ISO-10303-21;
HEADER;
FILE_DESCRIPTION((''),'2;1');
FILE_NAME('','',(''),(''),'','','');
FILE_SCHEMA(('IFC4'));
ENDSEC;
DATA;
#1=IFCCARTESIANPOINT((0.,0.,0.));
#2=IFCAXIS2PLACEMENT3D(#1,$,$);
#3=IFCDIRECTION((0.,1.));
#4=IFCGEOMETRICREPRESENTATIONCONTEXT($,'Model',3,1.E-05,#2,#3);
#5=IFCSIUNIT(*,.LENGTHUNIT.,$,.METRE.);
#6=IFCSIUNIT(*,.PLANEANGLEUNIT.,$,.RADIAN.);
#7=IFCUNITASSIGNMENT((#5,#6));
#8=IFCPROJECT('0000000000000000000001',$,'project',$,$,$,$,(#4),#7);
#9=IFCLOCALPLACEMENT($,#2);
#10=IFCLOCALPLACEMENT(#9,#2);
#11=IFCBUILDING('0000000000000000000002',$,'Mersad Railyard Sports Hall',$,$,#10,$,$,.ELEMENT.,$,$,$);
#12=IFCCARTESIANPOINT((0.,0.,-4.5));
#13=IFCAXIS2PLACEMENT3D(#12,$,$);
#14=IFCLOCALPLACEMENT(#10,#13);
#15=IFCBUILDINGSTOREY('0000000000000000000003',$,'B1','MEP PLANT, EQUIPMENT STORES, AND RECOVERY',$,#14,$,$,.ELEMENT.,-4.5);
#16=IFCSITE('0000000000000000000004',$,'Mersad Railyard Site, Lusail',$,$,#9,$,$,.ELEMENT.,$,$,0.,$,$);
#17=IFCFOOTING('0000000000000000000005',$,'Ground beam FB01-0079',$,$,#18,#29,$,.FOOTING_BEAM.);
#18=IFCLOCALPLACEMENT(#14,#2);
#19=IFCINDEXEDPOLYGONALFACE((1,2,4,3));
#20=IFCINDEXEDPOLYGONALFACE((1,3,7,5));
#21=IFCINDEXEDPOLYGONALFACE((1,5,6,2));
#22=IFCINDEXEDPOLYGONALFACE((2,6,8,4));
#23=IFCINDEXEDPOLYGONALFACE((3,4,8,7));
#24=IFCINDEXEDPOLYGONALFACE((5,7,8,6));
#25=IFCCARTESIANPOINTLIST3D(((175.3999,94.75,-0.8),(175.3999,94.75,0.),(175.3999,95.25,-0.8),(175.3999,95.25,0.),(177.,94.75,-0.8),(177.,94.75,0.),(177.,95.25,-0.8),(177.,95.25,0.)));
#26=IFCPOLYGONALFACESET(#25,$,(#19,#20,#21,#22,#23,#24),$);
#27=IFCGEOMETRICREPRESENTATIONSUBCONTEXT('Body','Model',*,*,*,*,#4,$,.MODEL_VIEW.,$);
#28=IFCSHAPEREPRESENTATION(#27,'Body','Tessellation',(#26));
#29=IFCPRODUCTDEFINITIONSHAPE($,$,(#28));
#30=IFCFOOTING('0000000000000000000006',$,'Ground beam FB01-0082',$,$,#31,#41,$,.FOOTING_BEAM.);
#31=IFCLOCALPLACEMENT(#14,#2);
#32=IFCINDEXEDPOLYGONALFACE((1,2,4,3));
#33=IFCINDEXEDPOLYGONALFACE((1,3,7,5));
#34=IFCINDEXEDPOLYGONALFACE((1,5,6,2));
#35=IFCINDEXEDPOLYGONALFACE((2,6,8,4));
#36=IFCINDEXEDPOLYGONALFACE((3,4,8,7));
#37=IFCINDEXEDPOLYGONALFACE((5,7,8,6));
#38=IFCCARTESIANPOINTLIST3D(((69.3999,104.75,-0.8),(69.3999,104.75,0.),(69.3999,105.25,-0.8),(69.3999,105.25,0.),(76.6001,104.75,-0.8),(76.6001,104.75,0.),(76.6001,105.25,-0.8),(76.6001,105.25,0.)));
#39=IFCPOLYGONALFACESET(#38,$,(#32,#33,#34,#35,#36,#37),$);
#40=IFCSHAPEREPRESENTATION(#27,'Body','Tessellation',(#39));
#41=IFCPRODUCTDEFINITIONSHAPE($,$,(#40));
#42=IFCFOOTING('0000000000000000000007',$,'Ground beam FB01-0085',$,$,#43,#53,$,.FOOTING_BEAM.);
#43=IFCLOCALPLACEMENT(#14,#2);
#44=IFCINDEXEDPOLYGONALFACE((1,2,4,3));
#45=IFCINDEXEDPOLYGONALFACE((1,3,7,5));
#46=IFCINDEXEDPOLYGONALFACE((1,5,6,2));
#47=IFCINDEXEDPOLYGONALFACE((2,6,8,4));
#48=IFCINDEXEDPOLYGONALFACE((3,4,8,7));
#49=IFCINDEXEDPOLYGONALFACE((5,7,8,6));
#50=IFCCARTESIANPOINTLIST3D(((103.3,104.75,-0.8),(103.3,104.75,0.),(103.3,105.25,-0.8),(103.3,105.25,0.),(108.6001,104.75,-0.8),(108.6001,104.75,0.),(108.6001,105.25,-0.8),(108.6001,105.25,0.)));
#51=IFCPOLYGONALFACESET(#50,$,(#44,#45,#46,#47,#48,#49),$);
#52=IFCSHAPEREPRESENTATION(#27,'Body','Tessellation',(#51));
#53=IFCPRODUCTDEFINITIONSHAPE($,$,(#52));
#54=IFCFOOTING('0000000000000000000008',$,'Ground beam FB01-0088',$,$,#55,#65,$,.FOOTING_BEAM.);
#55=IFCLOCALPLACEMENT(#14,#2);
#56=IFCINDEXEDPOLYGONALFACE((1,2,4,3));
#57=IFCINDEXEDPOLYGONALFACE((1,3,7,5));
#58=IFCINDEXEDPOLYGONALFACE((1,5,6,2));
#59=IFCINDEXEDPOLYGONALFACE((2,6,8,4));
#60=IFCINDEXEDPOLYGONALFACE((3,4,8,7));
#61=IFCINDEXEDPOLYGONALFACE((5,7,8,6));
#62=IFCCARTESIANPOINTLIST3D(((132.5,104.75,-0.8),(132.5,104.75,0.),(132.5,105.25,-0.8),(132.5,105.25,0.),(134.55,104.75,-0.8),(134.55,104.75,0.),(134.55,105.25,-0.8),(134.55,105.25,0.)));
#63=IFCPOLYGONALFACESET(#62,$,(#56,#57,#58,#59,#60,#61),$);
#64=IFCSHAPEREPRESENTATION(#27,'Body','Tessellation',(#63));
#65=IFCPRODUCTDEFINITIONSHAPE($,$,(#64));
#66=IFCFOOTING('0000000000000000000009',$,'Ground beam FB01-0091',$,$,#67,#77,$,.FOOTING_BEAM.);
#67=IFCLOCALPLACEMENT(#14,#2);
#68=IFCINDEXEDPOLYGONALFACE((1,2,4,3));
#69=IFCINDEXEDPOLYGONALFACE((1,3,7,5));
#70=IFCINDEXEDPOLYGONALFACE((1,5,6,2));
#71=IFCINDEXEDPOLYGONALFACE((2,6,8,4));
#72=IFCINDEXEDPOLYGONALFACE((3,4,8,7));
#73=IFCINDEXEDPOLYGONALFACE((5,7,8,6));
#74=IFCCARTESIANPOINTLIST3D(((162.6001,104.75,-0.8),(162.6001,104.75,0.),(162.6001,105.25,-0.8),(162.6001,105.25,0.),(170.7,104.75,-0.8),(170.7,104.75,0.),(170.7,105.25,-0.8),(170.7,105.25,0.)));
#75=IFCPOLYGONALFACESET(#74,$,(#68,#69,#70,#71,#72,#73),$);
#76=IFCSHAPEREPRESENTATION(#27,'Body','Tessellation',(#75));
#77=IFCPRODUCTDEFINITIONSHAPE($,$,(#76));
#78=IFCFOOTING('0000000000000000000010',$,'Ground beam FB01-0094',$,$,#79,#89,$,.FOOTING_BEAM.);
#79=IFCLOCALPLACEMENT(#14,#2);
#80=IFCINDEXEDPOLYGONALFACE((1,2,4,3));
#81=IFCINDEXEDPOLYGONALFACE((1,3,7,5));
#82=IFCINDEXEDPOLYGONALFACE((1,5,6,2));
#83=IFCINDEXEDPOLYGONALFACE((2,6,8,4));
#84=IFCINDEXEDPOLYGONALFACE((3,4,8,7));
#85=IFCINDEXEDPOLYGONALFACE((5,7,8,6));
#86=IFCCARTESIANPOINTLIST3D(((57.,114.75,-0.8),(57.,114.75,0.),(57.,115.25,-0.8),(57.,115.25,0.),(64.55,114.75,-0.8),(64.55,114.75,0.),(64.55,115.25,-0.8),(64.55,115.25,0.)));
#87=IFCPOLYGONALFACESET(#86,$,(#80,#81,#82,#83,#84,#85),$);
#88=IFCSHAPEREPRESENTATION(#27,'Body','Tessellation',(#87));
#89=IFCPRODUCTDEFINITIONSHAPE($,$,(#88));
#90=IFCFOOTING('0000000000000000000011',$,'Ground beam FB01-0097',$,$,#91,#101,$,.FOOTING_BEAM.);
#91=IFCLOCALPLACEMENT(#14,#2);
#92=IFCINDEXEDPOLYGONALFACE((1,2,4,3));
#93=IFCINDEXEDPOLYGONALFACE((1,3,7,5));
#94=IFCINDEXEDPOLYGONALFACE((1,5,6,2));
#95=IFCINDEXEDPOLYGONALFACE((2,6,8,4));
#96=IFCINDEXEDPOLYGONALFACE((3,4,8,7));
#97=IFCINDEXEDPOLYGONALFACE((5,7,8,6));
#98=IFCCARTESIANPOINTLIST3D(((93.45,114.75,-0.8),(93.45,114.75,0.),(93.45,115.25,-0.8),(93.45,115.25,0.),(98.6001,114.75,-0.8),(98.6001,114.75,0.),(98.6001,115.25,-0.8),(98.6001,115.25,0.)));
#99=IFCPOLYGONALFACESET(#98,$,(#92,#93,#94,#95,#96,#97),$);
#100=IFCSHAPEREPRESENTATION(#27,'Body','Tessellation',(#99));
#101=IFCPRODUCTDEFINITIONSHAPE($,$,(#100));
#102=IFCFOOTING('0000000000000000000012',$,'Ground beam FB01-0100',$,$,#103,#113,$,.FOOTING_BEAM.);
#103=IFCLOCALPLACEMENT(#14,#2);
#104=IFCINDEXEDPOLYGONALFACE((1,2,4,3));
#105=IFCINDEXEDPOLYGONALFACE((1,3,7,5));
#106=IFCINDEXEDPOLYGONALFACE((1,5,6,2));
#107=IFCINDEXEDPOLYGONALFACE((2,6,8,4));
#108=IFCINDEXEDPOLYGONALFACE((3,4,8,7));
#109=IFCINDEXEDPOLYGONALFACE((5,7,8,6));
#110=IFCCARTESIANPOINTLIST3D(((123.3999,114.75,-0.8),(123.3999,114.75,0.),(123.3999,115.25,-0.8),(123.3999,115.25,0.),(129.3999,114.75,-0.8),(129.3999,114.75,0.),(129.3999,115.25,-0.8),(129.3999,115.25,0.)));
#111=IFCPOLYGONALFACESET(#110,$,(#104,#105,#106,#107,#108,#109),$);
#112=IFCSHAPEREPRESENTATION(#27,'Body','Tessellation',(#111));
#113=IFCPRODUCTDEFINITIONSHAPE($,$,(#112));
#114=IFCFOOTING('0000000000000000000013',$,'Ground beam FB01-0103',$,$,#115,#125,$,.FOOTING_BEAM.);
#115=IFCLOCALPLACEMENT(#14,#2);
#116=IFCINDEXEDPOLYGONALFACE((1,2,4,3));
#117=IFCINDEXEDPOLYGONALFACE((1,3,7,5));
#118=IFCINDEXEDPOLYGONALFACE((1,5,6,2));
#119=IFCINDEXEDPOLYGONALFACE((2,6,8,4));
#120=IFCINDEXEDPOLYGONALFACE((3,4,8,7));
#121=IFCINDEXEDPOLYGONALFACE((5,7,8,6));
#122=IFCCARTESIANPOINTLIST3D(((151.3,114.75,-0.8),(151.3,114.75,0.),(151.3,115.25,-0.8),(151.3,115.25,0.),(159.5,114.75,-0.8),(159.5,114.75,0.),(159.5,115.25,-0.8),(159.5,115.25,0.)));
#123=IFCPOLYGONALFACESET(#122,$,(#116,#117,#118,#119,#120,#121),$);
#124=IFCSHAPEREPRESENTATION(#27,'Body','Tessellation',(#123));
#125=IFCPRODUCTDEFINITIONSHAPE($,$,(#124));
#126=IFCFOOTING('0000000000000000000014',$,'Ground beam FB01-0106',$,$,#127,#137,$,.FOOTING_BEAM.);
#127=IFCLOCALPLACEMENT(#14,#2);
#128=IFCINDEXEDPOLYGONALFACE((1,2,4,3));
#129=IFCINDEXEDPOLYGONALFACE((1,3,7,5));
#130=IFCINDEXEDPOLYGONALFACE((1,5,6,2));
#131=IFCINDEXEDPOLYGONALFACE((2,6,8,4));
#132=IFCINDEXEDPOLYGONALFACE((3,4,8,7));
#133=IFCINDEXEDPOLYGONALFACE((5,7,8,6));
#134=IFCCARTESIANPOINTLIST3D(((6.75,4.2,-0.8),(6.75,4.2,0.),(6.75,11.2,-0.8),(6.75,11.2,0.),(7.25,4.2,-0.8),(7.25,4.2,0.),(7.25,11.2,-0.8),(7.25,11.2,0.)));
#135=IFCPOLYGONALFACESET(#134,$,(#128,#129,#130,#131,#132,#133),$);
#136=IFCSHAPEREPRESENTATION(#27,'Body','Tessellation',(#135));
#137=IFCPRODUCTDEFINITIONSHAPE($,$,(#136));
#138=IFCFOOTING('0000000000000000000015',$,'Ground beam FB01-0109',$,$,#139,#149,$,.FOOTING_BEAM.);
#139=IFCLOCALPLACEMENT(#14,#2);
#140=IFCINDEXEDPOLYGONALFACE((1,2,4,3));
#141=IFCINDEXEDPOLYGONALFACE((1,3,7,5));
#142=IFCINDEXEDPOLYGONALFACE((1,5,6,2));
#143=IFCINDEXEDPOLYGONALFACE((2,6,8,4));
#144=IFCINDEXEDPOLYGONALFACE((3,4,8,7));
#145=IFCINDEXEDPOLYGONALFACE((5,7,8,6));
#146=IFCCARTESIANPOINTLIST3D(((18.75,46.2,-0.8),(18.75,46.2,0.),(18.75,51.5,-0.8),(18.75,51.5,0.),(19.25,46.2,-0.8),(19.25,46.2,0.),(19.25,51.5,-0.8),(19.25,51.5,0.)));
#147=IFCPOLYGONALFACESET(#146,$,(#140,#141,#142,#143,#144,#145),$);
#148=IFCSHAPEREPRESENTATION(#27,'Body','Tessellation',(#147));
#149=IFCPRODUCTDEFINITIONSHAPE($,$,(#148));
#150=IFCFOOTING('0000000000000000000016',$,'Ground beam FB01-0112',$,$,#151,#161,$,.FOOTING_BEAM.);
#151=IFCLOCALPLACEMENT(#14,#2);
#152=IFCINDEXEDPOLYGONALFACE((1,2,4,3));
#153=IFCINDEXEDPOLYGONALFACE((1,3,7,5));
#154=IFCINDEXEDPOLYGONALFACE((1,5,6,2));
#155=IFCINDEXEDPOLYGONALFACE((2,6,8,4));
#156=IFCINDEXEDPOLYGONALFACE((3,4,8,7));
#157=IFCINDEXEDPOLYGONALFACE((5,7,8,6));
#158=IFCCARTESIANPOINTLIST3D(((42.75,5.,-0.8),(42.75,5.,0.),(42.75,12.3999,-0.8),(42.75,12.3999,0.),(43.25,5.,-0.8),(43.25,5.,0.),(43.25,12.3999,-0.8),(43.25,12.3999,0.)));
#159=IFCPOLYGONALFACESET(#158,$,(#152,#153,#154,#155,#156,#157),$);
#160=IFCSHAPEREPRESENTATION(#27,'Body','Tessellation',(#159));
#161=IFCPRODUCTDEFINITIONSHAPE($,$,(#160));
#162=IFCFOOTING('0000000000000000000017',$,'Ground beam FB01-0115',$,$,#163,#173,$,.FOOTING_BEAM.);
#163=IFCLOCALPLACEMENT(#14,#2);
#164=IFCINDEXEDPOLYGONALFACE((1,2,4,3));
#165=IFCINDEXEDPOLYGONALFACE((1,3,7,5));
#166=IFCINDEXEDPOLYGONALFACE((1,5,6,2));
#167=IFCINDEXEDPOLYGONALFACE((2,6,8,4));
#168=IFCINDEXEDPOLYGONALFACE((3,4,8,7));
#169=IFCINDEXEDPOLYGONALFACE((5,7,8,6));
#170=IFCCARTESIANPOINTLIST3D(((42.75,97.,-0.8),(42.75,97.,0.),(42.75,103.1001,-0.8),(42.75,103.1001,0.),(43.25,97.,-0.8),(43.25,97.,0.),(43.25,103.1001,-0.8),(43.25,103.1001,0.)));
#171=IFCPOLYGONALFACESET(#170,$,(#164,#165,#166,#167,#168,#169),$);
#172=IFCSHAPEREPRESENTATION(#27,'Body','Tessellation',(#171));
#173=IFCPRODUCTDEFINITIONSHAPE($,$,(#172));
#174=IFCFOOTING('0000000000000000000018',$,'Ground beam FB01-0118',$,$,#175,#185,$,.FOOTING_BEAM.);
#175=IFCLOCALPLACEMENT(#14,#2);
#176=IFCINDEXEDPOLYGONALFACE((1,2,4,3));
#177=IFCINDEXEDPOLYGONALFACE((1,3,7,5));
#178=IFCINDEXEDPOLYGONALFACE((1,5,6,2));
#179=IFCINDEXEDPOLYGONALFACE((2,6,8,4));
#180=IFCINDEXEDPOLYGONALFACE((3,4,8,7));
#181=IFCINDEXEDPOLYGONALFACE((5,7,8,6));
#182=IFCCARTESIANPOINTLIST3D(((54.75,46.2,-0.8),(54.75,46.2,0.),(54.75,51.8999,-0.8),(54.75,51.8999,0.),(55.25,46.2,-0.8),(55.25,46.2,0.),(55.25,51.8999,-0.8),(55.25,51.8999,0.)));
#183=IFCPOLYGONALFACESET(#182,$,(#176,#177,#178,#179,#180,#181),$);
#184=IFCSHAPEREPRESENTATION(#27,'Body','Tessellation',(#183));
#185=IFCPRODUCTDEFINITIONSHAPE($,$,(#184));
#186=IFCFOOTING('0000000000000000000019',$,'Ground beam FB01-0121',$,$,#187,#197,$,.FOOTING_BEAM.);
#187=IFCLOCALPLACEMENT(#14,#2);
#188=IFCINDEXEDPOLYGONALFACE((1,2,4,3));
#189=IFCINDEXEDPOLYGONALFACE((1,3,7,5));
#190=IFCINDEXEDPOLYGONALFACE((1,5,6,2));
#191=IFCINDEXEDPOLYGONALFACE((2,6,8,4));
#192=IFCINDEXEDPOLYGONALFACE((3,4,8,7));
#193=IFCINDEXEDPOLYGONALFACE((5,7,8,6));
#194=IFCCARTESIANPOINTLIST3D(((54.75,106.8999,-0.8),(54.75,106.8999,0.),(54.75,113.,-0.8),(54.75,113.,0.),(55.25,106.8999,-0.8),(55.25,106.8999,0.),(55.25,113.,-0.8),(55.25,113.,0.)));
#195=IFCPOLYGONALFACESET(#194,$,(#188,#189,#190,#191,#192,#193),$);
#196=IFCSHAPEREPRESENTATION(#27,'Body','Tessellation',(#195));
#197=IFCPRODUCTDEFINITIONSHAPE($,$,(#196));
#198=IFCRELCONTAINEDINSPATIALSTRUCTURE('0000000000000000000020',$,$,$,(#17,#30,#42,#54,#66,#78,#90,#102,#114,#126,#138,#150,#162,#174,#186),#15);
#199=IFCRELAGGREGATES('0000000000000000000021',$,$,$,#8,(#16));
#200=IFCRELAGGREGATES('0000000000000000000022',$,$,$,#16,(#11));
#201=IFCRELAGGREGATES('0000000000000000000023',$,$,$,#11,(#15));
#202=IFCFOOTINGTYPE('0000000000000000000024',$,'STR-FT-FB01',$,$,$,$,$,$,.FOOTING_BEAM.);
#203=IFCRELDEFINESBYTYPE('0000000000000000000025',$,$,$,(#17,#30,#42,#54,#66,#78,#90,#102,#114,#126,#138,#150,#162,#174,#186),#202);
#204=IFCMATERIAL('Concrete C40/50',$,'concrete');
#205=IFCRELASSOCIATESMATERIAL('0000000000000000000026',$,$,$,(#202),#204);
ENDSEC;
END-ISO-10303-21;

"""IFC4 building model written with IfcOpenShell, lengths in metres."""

from ifc_helpers import new_model, si_unit, direction, frame, origin, place, context, subcontext, project, spatial, polyline, outline, extrude, material, type_object, element, save


model = new_model("IFC4")

# Units and contexts
model_context = context("Model", 3, precision=1e-05, world=origin(), true_north=direction((0.0, 1.0)))
body_context = subcontext(model_context, "Body", "Model", "MODEL_VIEW")
ifc_project = project(units=[si_unit("LENGTHUNIT", "METRE"), si_unit("PLANEANGLEUNIT", "RADIAN")], contexts=[model_context])

# Site, building, storey
site_placement = place(None, origin())
site = spatial("IfcSite", under=ifc_project, at=site_placement, Name="Mersad Railyard Site, Lusail", CompositionType="ELEMENT", RefElevation=0.0)
building_placement = place(site_placement, origin())
building = spatial("IfcBuilding", under=site, at=building_placement, Name="Mersad Railyard Sports Hall", CompositionType="ELEMENT")
storey_placement = place(building_placement, frame((0.0, 0.0, -4.5)))
storey = spatial("IfcBuildingStorey", under=building, at=storey_placement, Name="B1", Description="MEP PLANT, EQUIPMENT STORES, AND RECOVERY", CompositionType="ELEMENT", Elevation=-4.5)

# Footings
ifc_material = material(Name="Concrete C40/50", Category="concrete")
footing_type = type_object("IfcFootingType", Name="STR-FT-FB01", PredefinedType="FOOTING_BEAM", material=ifc_material)
footing_1_placement = place(storey_placement, frame((0.0, 0.0, -0.8)))
element("IfcFooting", 1, at=footing_1_placement, inside=storey, type_object=footing_type, Name="Ground beam FB01-0079", PredefinedType="FOOTING_BEAM", context=body_context, shape_type="SweptSolid", body=[
    extrude(outline(polyline([(175.3999, 94.75), (177.0, 94.75), (177.0, 95.25), (175.3999, 95.25), (175.3999, 94.75)])), origin(), (0.0, 0.0, 1.0), 0.8),
])
footing_2_placement = place(storey_placement, frame((0.0, 0.0, -0.8)))
element("IfcFooting", 2, at=footing_2_placement, inside=storey, type_object=footing_type, Name="Ground beam FB01-0082", PredefinedType="FOOTING_BEAM", context=body_context, shape_type="SweptSolid", body=[
    extrude(outline(polyline([(69.3999, 104.75), (76.6001, 104.75), (76.6001, 105.25), (69.3999, 105.25), (69.3999, 104.75)])), origin(), (0.0, 0.0, 1.0), 0.8),
])
footing_3_placement = place(storey_placement, frame((0.0, 0.0, -0.8)))
element("IfcFooting", 3, at=footing_3_placement, inside=storey, type_object=footing_type, Name="Ground beam FB01-0085", PredefinedType="FOOTING_BEAM", context=body_context, shape_type="SweptSolid", body=[
    extrude(outline(polyline([(103.3, 104.75), (108.6001, 104.75), (108.6001, 105.25), (103.3, 105.25), (103.3, 104.75)])), origin(), (0.0, 0.0, 1.0), 0.8),
])
footing_4_placement = place(storey_placement, frame((0.0, 0.0, -0.8)))
element("IfcFooting", 4, at=footing_4_placement, inside=storey, type_object=footing_type, Name="Ground beam FB01-0088", PredefinedType="FOOTING_BEAM", context=body_context, shape_type="SweptSolid", body=[
    extrude(outline(polyline([(132.5, 104.75), (134.55, 104.75), (134.55, 105.25), (132.5, 105.25), (132.5, 104.75)])), origin(), (0.0, 0.0, 1.0), 0.8),
])
footing_5_placement = place(storey_placement, frame((0.0, 0.0, -0.8)))
element("IfcFooting", 5, at=footing_5_placement, inside=storey, type_object=footing_type, Name="Ground beam FB01-0091", PredefinedType="FOOTING_BEAM", context=body_context, shape_type="SweptSolid", body=[
    extrude(outline(polyline([(162.6001, 104.75), (170.7, 104.75), (170.7, 105.25), (162.6001, 105.25), (162.6001, 104.75)])), origin(), (0.0, 0.0, 1.0), 0.8),
])
footing_6_placement = place(storey_placement, frame((0.0, 0.0, -0.8)))
element("IfcFooting", 6, at=footing_6_placement, inside=storey, type_object=footing_type, Name="Ground beam FB01-0094", PredefinedType="FOOTING_BEAM", context=body_context, shape_type="SweptSolid", body=[
    extrude(outline(polyline([(57.0, 114.75), (64.55, 114.75), (64.55, 115.25), (57.0, 115.25), (57.0, 114.75)])), origin(), (0.0, 0.0, 1.0), 0.8),
])
footing_7_placement = place(storey_placement, frame((0.0, 0.0, -0.8)))
element("IfcFooting", 7, at=footing_7_placement, inside=storey, type_object=footing_type, Name="Ground beam FB01-0097", PredefinedType="FOOTING_BEAM", context=body_context, shape_type="SweptSolid", body=[
    extrude(outline(polyline([(93.45, 114.75), (98.6001, 114.75), (98.6001, 115.25), (93.45, 115.25), (93.45, 114.75)])), origin(), (0.0, 0.0, 1.0), 0.8),
])
footing_8_placement = place(storey_placement, frame((0.0, 0.0, -0.8)))
element("IfcFooting", 8, at=footing_8_placement, inside=storey, type_object=footing_type, Name="Ground beam FB01-0100", PredefinedType="FOOTING_BEAM", context=body_context, shape_type="SweptSolid", body=[
    extrude(outline(polyline([(123.3999, 114.75), (129.3999, 114.75), (129.3999, 115.25), (123.3999, 115.25), (123.3999, 114.75)])), origin(), (0.0, 0.0, 1.0), 0.8),
])
footing_9_placement = place(storey_placement, frame((0.0, 0.0, -0.8)))
element("IfcFooting", 9, at=footing_9_placement, inside=storey, type_object=footing_type, Name="Ground beam FB01-0103", PredefinedType="FOOTING_BEAM", context=body_context, shape_type="SweptSolid", body=[
    extrude(outline(polyline([(151.3, 114.75), (159.5, 114.75), (159.5, 115.25), (151.3, 115.25), (151.3, 114.75)])), origin(), (0.0, 0.0, 1.0), 0.8),
])
footing_10_placement = place(storey_placement, frame((0.0, 0.0, -0.8)))
element("IfcFooting", 10, at=footing_10_placement, inside=storey, type_object=footing_type, Name="Ground beam FB01-0106", PredefinedType="FOOTING_BEAM", context=body_context, shape_type="SweptSolid", body=[
    extrude(outline(polyline([(6.75, 4.2), (7.25, 4.2), (7.25, 11.2), (6.75, 11.2), (6.75, 4.2)])), origin(), (0.0, 0.0, 1.0), 0.8),
])
footing_11_placement = place(storey_placement, frame((0.0, 0.0, -0.8)))
element("IfcFooting", 11, at=footing_11_placement, inside=storey, type_object=footing_type, Name="Ground beam FB01-0109", PredefinedType="FOOTING_BEAM", context=body_context, shape_type="SweptSolid", body=[
    extrude(outline(polyline([(18.75, 46.2), (19.25, 46.2), (19.25, 51.5), (18.75, 51.5), (18.75, 46.2)])), origin(), (0.0, 0.0, 1.0), 0.8),
])
footing_12_placement = place(storey_placement, frame((0.0, 0.0, -0.8)))
element("IfcFooting", 12, at=footing_12_placement, inside=storey, type_object=footing_type, Name="Ground beam FB01-0112", PredefinedType="FOOTING_BEAM", context=body_context, shape_type="SweptSolid", body=[
    extrude(outline(polyline([(42.75, 5.0), (43.25, 5.0), (43.25, 12.3999), (42.75, 12.3999), (42.75, 5.0)])), origin(), (0.0, 0.0, 1.0), 0.8),
])
footing_13_placement = place(storey_placement, frame((0.0, 0.0, -0.8)))
element("IfcFooting", 13, at=footing_13_placement, inside=storey, type_object=footing_type, Name="Ground beam FB01-0115", PredefinedType="FOOTING_BEAM", context=body_context, shape_type="SweptSolid", body=[
    extrude(outline(polyline([(42.75, 97.0), (43.25, 97.0), (43.25, 103.1001), (42.75, 103.1001), (42.75, 97.0)])), origin(), (0.0, 0.0, 1.0), 0.8),
])
footing_14_placement = place(storey_placement, frame((0.0, 0.0, -0.8)))
element("IfcFooting", 14, at=footing_14_placement, inside=storey, type_object=footing_type, Name="Ground beam FB01-0118", PredefinedType="FOOTING_BEAM", context=body_context, shape_type="SweptSolid", body=[
    extrude(outline(polyline([(54.75, 46.2), (55.25, 46.2), (55.25, 51.8999), (54.75, 51.8999), (54.75, 46.2)])), origin(), (0.0, 0.0, 1.0), 0.8),
])
footing_15_placement = place(storey_placement, frame((0.0, 0.0, -0.8)))
element("IfcFooting", 15, at=footing_15_placement, inside=storey, type_object=footing_type, Name="Ground beam FB01-0121", PredefinedType="FOOTING_BEAM", context=body_context, shape_type="SweptSolid", body=[
    extrude(outline(polyline([(54.75, 106.8999), (55.25, 106.8999), (55.25, 113.0), (54.75, 113.0), (54.75, 106.8999)])), origin(), (0.0, 0.0, 1.0), 0.8),
])

save(model, "model.ifc")
